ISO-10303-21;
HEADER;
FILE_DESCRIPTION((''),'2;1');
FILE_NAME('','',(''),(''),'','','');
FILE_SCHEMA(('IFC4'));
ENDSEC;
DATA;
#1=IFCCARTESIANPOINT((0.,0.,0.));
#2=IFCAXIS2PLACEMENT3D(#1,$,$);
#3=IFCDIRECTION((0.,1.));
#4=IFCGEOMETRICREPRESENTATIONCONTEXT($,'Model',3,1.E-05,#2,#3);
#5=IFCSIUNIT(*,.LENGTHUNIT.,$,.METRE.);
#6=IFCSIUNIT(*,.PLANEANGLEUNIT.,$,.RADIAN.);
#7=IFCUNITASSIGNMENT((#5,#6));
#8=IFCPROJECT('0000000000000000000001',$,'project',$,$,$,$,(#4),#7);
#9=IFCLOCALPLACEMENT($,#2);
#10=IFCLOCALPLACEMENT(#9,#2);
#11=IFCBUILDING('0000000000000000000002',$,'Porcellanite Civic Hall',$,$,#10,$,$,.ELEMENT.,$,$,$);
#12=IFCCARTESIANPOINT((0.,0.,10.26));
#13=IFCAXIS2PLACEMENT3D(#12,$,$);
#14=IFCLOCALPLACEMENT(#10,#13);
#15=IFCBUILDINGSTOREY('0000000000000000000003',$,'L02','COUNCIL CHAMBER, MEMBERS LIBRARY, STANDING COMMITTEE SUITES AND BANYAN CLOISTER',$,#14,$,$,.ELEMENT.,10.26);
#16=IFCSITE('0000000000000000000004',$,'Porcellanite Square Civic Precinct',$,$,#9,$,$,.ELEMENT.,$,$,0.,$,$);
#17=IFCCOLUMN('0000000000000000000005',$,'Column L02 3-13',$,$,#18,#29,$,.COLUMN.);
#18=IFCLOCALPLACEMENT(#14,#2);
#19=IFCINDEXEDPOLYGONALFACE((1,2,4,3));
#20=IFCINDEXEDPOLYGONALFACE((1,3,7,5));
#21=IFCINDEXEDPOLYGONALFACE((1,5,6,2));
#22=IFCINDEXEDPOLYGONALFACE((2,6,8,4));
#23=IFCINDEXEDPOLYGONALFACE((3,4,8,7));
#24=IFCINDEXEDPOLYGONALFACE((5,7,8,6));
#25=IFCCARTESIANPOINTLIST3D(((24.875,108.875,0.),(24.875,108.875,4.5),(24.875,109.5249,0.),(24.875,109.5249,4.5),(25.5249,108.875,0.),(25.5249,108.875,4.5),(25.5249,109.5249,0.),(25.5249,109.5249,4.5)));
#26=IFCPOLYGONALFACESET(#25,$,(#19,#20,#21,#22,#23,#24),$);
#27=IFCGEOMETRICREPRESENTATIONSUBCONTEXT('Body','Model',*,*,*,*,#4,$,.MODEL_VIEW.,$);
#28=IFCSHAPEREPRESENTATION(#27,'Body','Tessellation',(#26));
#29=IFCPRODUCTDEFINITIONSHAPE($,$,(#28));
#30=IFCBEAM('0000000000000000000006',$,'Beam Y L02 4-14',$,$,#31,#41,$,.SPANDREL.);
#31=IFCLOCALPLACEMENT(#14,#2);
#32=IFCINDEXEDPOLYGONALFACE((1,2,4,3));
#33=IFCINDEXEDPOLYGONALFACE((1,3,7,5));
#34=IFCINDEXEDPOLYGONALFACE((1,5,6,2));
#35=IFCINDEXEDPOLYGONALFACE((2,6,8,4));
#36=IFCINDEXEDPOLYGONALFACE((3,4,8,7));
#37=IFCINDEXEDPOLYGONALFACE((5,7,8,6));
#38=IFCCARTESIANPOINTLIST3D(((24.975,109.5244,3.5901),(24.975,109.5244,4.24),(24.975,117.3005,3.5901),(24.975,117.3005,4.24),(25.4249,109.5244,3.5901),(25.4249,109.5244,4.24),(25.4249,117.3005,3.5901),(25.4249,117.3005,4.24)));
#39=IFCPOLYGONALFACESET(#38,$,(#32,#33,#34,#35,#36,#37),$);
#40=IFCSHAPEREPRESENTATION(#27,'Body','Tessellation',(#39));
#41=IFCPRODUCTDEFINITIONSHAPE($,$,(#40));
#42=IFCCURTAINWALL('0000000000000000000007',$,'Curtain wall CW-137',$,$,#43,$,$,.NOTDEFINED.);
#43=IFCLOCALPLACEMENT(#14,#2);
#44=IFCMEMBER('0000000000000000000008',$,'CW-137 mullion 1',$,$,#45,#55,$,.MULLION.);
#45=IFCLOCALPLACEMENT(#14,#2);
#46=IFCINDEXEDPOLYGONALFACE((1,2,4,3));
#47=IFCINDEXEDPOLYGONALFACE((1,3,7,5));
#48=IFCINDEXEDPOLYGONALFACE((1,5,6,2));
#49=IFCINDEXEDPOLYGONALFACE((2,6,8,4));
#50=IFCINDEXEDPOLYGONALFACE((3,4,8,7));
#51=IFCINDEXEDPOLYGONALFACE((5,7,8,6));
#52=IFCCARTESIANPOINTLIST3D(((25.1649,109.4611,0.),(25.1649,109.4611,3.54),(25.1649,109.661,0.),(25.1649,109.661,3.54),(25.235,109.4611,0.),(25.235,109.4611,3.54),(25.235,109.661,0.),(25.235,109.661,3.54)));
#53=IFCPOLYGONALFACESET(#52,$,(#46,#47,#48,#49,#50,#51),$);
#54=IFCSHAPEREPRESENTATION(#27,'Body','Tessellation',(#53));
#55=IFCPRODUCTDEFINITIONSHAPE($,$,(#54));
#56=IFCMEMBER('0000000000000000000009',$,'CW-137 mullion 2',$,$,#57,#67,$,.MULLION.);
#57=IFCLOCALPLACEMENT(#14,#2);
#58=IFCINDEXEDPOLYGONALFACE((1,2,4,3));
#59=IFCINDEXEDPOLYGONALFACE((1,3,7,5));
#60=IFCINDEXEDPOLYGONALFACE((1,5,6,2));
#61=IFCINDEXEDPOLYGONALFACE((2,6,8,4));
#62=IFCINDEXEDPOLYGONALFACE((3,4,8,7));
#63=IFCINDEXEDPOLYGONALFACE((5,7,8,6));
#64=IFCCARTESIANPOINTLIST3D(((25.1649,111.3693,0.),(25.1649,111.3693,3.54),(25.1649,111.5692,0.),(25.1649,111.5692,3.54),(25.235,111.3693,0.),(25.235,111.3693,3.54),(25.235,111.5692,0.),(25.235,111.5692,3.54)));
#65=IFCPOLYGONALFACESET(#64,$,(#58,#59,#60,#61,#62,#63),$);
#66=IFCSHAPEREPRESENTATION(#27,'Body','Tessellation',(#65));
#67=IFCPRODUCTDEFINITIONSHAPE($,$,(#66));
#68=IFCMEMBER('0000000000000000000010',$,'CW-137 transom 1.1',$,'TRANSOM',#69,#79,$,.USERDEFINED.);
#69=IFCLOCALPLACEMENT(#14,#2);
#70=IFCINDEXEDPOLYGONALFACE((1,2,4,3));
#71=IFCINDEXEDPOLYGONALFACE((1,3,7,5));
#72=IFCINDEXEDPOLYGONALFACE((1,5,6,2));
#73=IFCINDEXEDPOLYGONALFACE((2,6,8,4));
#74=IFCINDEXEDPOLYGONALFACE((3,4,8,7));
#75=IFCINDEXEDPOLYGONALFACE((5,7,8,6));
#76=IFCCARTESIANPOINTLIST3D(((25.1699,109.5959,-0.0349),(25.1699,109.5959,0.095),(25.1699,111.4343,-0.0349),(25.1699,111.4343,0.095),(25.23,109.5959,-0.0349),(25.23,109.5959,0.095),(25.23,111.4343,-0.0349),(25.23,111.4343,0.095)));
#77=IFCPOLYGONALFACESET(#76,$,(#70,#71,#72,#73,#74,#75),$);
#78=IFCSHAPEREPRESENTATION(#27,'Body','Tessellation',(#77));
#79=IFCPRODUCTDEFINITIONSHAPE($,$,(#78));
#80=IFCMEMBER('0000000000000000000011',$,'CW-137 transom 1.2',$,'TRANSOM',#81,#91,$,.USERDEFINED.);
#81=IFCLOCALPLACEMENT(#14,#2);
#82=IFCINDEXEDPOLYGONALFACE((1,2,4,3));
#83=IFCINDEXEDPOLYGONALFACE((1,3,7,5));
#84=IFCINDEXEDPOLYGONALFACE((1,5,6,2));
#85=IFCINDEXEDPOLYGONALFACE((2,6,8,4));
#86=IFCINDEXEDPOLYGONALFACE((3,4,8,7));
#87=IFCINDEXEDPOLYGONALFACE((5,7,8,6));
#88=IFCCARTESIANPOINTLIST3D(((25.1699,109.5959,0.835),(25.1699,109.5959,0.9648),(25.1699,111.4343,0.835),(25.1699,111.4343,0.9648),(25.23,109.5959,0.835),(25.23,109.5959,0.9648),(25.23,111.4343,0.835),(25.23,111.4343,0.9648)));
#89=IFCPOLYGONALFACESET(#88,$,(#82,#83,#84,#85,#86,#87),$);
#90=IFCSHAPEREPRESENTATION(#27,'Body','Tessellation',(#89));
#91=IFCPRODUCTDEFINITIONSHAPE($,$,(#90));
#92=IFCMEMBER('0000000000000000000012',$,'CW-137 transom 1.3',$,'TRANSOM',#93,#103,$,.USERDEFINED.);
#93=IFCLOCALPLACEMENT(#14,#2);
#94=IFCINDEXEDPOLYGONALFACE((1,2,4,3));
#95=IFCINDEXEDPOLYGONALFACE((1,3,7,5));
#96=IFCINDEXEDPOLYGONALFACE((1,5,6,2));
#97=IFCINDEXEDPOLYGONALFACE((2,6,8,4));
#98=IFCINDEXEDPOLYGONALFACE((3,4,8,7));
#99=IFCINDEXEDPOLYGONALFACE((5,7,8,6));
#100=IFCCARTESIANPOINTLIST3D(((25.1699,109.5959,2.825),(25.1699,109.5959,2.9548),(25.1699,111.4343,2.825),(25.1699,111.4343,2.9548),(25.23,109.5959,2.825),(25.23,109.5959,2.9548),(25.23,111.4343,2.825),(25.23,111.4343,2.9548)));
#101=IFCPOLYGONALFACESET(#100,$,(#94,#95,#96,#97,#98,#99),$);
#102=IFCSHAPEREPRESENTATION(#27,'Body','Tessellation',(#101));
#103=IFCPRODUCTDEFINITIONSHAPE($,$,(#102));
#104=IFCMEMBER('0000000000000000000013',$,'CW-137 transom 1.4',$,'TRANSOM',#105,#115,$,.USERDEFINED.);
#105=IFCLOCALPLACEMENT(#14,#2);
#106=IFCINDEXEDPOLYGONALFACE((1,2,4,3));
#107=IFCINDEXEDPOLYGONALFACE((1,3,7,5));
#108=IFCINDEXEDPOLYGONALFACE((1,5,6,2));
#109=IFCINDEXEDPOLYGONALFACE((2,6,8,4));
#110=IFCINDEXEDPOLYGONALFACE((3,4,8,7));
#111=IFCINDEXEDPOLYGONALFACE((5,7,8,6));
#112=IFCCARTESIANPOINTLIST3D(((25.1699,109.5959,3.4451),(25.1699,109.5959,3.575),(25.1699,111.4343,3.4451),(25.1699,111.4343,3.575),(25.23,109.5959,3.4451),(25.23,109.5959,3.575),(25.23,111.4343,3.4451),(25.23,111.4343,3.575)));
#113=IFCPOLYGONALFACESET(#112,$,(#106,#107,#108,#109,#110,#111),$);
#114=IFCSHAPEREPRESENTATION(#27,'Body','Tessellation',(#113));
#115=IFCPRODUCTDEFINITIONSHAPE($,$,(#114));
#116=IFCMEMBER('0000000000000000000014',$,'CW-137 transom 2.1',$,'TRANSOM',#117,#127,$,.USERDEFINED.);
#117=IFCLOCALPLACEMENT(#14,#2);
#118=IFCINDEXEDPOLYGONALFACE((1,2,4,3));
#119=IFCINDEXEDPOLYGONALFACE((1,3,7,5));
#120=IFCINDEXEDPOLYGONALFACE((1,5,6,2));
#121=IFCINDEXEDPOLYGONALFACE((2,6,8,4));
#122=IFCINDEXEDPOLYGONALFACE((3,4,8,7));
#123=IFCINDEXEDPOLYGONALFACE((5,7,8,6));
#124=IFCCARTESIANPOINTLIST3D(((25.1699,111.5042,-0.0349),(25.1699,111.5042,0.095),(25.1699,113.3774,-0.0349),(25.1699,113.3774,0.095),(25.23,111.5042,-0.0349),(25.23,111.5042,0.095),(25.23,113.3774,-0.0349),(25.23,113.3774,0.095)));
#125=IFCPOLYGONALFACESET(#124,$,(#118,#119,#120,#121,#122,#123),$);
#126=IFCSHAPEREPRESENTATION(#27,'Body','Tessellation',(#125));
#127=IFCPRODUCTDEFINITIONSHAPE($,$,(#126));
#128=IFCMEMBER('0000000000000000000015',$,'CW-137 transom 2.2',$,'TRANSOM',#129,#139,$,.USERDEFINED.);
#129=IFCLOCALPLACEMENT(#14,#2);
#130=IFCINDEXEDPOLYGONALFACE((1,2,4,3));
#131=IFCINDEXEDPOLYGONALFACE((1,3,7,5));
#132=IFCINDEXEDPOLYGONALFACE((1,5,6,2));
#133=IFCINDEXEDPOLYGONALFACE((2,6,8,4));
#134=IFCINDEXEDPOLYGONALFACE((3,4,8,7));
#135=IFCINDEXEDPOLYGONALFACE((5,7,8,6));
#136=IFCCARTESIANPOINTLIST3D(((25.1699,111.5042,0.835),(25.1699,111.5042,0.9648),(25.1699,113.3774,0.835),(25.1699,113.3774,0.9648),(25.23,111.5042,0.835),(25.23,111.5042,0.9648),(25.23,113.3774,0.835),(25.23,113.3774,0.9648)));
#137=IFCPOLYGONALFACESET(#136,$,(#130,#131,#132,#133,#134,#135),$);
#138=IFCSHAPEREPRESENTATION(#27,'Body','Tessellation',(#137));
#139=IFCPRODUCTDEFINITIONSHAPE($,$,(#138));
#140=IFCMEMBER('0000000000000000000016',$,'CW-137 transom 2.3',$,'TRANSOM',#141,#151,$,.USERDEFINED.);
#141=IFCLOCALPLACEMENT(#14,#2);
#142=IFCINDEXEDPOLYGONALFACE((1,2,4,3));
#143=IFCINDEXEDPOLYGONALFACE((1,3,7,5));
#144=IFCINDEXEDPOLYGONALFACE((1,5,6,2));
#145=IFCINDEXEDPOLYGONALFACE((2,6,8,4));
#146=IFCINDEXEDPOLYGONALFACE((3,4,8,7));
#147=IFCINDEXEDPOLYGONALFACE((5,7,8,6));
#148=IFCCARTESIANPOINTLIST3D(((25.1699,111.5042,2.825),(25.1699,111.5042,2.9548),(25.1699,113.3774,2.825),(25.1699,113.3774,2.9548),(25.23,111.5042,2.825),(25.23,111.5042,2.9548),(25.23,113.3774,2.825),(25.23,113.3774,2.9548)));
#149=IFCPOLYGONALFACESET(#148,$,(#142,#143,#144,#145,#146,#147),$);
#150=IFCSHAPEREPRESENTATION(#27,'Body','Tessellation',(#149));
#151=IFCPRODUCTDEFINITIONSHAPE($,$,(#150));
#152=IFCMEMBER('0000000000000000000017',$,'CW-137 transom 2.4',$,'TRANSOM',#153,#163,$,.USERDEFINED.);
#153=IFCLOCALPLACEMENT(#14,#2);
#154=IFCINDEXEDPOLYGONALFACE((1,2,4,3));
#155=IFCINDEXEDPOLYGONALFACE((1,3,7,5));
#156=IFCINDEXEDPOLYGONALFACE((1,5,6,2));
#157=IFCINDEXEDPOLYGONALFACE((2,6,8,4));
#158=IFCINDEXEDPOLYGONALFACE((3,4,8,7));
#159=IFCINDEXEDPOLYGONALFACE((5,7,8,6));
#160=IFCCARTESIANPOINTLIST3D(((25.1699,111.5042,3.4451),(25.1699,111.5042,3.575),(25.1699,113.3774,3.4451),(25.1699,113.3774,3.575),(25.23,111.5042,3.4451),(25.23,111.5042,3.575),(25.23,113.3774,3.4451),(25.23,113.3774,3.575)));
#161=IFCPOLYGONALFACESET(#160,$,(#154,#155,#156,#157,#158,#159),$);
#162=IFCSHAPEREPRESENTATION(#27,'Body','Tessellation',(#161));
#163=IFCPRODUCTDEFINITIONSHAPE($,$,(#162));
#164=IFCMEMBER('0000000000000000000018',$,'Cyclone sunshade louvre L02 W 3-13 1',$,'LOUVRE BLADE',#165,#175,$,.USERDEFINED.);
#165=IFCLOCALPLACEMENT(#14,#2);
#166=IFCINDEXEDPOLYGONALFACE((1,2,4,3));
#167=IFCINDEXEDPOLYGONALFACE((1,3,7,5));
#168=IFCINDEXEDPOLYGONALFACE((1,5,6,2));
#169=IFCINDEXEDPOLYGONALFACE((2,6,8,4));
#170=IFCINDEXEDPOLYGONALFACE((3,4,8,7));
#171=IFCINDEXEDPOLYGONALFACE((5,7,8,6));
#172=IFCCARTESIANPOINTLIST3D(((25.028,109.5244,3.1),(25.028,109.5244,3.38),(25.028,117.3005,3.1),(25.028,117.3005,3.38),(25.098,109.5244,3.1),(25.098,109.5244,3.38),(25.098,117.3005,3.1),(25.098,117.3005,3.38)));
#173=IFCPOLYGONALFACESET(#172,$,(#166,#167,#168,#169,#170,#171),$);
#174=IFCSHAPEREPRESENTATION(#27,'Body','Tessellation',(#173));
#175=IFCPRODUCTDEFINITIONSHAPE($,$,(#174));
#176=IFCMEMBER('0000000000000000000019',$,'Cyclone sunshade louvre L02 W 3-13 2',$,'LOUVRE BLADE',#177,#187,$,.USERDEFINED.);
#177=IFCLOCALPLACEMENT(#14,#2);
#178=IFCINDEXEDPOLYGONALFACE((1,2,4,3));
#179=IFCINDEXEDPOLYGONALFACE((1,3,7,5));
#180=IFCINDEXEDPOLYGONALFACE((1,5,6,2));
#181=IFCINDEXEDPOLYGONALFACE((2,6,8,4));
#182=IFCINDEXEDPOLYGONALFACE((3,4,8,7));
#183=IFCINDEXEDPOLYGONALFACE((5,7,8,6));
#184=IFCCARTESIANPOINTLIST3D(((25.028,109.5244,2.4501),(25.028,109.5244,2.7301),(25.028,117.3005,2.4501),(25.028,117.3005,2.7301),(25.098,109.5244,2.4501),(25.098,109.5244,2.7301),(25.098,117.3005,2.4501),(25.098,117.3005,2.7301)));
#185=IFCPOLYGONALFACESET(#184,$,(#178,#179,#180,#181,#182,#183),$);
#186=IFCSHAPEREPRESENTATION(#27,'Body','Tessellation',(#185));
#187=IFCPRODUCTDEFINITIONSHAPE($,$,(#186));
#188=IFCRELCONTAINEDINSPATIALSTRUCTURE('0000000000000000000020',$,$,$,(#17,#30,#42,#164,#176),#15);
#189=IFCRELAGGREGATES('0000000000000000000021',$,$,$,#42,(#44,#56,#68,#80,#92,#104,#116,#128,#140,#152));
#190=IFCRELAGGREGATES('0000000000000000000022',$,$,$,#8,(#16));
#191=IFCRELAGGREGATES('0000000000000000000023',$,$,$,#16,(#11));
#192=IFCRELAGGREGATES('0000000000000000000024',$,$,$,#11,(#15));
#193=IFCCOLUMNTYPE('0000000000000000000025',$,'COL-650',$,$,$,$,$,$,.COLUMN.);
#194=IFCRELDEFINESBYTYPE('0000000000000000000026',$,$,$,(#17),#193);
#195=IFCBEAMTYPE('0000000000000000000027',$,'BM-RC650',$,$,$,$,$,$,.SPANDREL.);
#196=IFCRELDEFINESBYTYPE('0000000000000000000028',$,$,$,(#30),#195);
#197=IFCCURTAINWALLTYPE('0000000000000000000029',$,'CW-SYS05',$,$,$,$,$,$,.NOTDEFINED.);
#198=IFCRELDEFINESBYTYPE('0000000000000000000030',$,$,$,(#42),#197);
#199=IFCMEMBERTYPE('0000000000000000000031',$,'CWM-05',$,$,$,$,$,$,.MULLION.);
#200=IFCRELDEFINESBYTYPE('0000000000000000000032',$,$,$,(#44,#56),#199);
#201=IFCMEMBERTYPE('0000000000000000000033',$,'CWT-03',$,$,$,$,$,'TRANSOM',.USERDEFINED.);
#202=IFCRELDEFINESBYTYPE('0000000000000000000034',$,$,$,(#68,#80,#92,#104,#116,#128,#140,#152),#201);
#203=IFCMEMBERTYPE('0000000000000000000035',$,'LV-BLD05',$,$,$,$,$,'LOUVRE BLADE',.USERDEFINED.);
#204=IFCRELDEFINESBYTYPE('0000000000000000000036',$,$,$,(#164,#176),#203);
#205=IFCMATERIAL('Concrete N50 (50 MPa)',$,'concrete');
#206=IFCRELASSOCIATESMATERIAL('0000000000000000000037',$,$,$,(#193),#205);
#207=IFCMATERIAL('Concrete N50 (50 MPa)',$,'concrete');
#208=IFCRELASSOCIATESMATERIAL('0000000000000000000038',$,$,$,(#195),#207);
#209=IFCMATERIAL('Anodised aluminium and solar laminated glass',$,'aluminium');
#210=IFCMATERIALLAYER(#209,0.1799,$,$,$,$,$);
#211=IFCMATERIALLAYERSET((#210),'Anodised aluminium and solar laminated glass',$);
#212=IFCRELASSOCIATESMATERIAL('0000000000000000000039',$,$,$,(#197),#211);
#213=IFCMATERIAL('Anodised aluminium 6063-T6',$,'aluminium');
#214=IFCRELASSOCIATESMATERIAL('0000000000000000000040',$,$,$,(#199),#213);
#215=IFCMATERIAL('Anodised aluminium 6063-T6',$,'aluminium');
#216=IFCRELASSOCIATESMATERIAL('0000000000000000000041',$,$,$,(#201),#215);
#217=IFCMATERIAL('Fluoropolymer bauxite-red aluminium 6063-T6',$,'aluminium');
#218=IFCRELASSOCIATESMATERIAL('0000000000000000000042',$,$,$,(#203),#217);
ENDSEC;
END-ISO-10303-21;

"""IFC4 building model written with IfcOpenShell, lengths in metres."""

from ifc_helpers import new_model, si_unit, direction, frame, origin, origin_2d, place, context, subcontext, project, spatial, rectangle, extrude, material, layer, layer_set, material_profile, profile_set, type_object, element, aggregate, save


model = new_model("IFC4")

# Units and contexts
model_context = context("Model", 3, precision=1e-05, world=origin(), true_north=direction((0.0, 1.0)))
body_context = subcontext(model_context, "Body", "Model", "MODEL_VIEW")
ifc_project = project(units=[si_unit("LENGTHUNIT", "METRE"), si_unit("PLANEANGLEUNIT", "RADIAN")], contexts=[model_context])

# Site, building, storey
site_placement = place(None, origin())
site = spatial("IfcSite", under=ifc_project, at=site_placement, Name="Porcellanite Square Civic Precinct", CompositionType="ELEMENT", RefElevation=0.0)
building_placement = place(site_placement, origin())
building = spatial("IfcBuilding", under=site, at=building_placement, Name="Porcellanite Civic Hall", CompositionType="ELEMENT")
storey_placement = place(building_placement, frame((0.0, 0.0, 10.26)))
storey = spatial("IfcBuildingStorey", under=building, at=storey_placement, Name="L02", Description="COUNCIL CHAMBER, MEMBERS LIBRARY, STANDING COMMITTEE SUITES AND BANYAN CLOISTER", CompositionType="ELEMENT", Elevation=10.26)

# Column
ifc_material_1 = material(Name="Concrete N50 (50 MPa)", Category="concrete")
ifc_material_profile_1 = material_profile(ifc_material_1, rectangle(XDim=0.6499, YDim=0.6499, at=origin_2d()), Name="RC-650x650")
ifc_profile_set_1 = profile_set([ifc_material_profile_1], Name="Concrete N50 (50 MPa)")
column_type = type_object("IfcColumnType", Name="COL-650", PredefinedType="COLUMN", material=ifc_profile_set_1)
column_placement = place(storey_placement, frame((25.2, 109.2, 0.0), z_axis=(0.0, 0.0, 1.0), x_axis=(1.0, 0.0, 0.0)))
element("IfcColumn", 1, at=column_placement, inside=storey, type_object=column_type, Name="Column L02 3-13", PredefinedType="COLUMN", context=body_context, shape_type="SweptSolid", body=[
    extrude(rectangle(XDim=0.6499, YDim=0.6499, at=origin_2d()), origin(), (0.0, 0.0, 1.0), 4.5),
])

# Beam
ifc_material_2 = material(Name="Concrete N50 (50 MPa)", Category="concrete")
ifc_material_profile_2 = material_profile(ifc_material_2, rectangle(XDim=0.45, YDim=0.6499, at=origin_2d()), Name="RC-450x650")
ifc_profile_set_2 = profile_set([ifc_material_profile_2], Name="Concrete N50 (50 MPa)")
beam_type = type_object("IfcBeamType", Name="BM-RC650", PredefinedType="SPANDREL", material=ifc_profile_set_2)
beam_placement = place(storey_placement, frame((25.2, 109.5244, 3.915), z_axis=(0.0, 1.0, 0.0), x_axis=(-1.0, 0.0, 0.0)))
element("IfcBeam", 2, at=beam_placement, inside=storey, type_object=beam_type, Name="Beam Y L02 4-14", PredefinedType="SPANDREL", context=body_context, shape_type="SweptSolid", body=[
    extrude(rectangle(XDim=0.45, YDim=0.6499, at=origin_2d()), origin(), (0.0, 0.0, 1.0), 7.7761),
])

# Curtain wall, members
ifc_material_3 = material(Name="Anodised aluminium and solar laminated glass", Category="aluminium")
ifc_layer_1 = layer(ifc_material_3, 0.1799)
ifc_layer_set_1 = layer_set([ifc_layer_1], Name="Anodised aluminium and solar laminated glass")
curtain_wall_type = type_object("IfcCurtainWallType", Name="CW-SYS05", PredefinedType="NOTDEFINED", material=ifc_layer_set_1)
curtain_wall_placement = place(storey_placement, origin())
curtain_wall = element("IfcCurtainWall", 3, at=curtain_wall_placement, inside=storey, type_object=curtain_wall_type, Name="Curtain wall CW-137", PredefinedType="NOTDEFINED")
ifc_material_4 = material(Name="Anodised aluminium 6063-T6", Category="aluminium")
ifc_material_profile_3 = material_profile(ifc_material_4, rectangle(XDim=0.0701, YDim=0.2, at=origin_2d()), Name="AL-70x200")
ifc_profile_set_3 = profile_set([ifc_material_profile_3], Name="Anodised aluminium 6063-T6")
member_type_1 = type_object("IfcMemberType", Name="CWM-05", PredefinedType="MULLION", material=ifc_profile_set_3)
member_1_placement = place(storey_placement, frame((25.2, 109.561, 0.0), z_axis=(0.0, 0.0, 1.0), x_axis=(-1.0, 0.0, 0.0)))
member_1 = element("IfcMember", 4, at=member_1_placement, type_object=member_type_1, Name="CW-137 mullion 1", PredefinedType="MULLION", context=body_context, shape_type="SweptSolid", body=[
    extrude(rectangle(XDim=0.0701, YDim=0.2, at=origin_2d()), origin(), (0.0, 0.0, 1.0), 3.54),
])
member_2_placement = place(storey_placement, frame((25.2, 111.4692, 0.0), z_axis=(0.0, 0.0, 1.0), x_axis=(-1.0, 0.0, 0.0)))
member_2 = element("IfcMember", 5, at=member_2_placement, type_object=member_type_1, Name="CW-137 mullion 2", PredefinedType="MULLION", context=body_context, shape_type="SweptSolid", body=[
    extrude(rectangle(XDim=0.0701, YDim=0.2, at=origin_2d()), origin(), (0.0, 0.0, 1.0), 3.54),
])
ifc_material_5 = material(Name="Anodised aluminium 6063-T6", Category="aluminium")
ifc_material_profile_4 = material_profile(ifc_material_5, rectangle(XDim=0.0601, YDim=0.1299, at=origin_2d()), Name="AL-60x130")
ifc_profile_set_4 = profile_set([ifc_material_profile_4], Name="Anodised aluminium 6063-T6")
member_type_2 = type_object("IfcMemberType", Name="CWT-03", ElementType="TRANSOM", PredefinedType="USERDEFINED", material=ifc_profile_set_4)
member_3_placement = place(storey_placement, frame((25.2, 109.5959, 0.03), z_axis=(0.0, 1.0, 0.0), x_axis=(-1.0, 0.0, 0.0)))
member_3 = element("IfcMember", 6, at=member_3_placement, type_object=member_type_2, Name="CW-137 transom 1.1", ObjectType="TRANSOM", PredefinedType="USERDEFINED", context=body_context, shape_type="SweptSolid", body=[
    extrude(rectangle(XDim=0.0601, YDim=0.1299, at=origin_2d()), origin(), (0.0, 0.0, 1.0), 1.8384),
])
member_4_placement = place(storey_placement, frame((25.2, 109.5959, 0.8999), z_axis=(0.0, 1.0, 0.0), x_axis=(-1.0, 0.0, 0.0)))
member_4 = element("IfcMember", 7, at=member_4_placement, type_object=member_type_2, Name="CW-137 transom 1.2", ObjectType="TRANSOM", PredefinedType="USERDEFINED", context=body_context, shape_type="SweptSolid", body=[
    extrude(rectangle(XDim=0.0601, YDim=0.1299, at=origin_2d()), origin(), (0.0, 0.0, 1.0), 1.8384),
])
member_5_placement = place(storey_placement, frame((25.2, 109.5959, 2.8899), z_axis=(0.0, 1.0, 0.0), x_axis=(-1.0, 0.0, 0.0)))
member_5 = element("IfcMember", 8, at=member_5_placement, type_object=member_type_2, Name="CW-137 transom 1.3", ObjectType="TRANSOM", PredefinedType="USERDEFINED", context=body_context, shape_type="SweptSolid", body=[
    extrude(rectangle(XDim=0.0601, YDim=0.1299, at=origin_2d()), origin(), (0.0, 0.0, 1.0), 1.8384),
])
member_6_placement = place(storey_placement, frame((25.2, 109.5959, 3.51), z_axis=(0.0, 1.0, 0.0), x_axis=(-1.0, 0.0, 0.0)))
member_6 = element("IfcMember", 9, at=member_6_placement, type_object=member_type_2, Name="CW-137 transom 1.4", ObjectType="TRANSOM", PredefinedType="USERDEFINED", context=body_context, shape_type="SweptSolid", body=[
    extrude(rectangle(XDim=0.0601, YDim=0.1299, at=origin_2d()), origin(), (0.0, 0.0, 1.0), 1.8384),
])
member_7_placement = place(storey_placement, frame((25.2, 111.5042, 0.03), z_axis=(0.0, 1.0, 0.0), x_axis=(-1.0, 0.0, 0.0)))
member_7 = element("IfcMember", 10, at=member_7_placement, type_object=member_type_2, Name="CW-137 transom 2.1", ObjectType="TRANSOM", PredefinedType="USERDEFINED", context=body_context, shape_type="SweptSolid", body=[
    extrude(rectangle(XDim=0.0601, YDim=0.1299, at=origin_2d()), origin(), (0.0, 0.0, 1.0), 1.8733),
])
member_8_placement = place(storey_placement, frame((25.2, 111.5042, 0.8999), z_axis=(0.0, 1.0, 0.0), x_axis=(-1.0, 0.0, 0.0)))
member_8 = element("IfcMember", 11, at=member_8_placement, type_object=member_type_2, Name="CW-137 transom 2.2", ObjectType="TRANSOM", PredefinedType="USERDEFINED", context=body_context, shape_type="SweptSolid", body=[
    extrude(rectangle(XDim=0.0601, YDim=0.1299, at=origin_2d()), origin(), (0.0, 0.0, 1.0), 1.8733),
])
member_9_placement = place(storey_placement, frame((25.2, 111.5042, 2.8899), z_axis=(0.0, 1.0, 0.0), x_axis=(-1.0, 0.0, 0.0)))
member_9 = element("IfcMember", 12, at=member_9_placement, type_object=member_type_2, Name="CW-137 transom 2.3", ObjectType="TRANSOM", PredefinedType="USERDEFINED", context=body_context, shape_type="SweptSolid", body=[
    extrude(rectangle(XDim=0.0601, YDim=0.1299, at=origin_2d()), origin(), (0.0, 0.0, 1.0), 1.8733),
])
member_10_placement = place(storey_placement, frame((25.2, 111.5042, 3.51), z_axis=(0.0, 1.0, 0.0), x_axis=(-1.0, 0.0, 0.0)))
member_10 = element("IfcMember", 13, at=member_10_placement, type_object=member_type_2, Name="CW-137 transom 2.4", ObjectType="TRANSOM", PredefinedType="USERDEFINED", context=body_context, shape_type="SweptSolid", body=[
    extrude(rectangle(XDim=0.0601, YDim=0.1299, at=origin_2d()), origin(), (0.0, 0.0, 1.0), 1.8733),
])

# Members
ifc_material_6 = material(Name="Fluoropolymer bauxite-red aluminium 6063-T6", Category="aluminium")
ifc_material_profile_5 = material_profile(ifc_material_6, rectangle(XDim=0.0701, YDim=0.28, at=origin_2d()), Name="AL-70x280")
ifc_profile_set_5 = profile_set([ifc_material_profile_5], Name="Fluoropolymer bauxite-red aluminium 6063-T6")
member_type_3 = type_object("IfcMemberType", Name="LV-BLD05", ElementType="LOUVRE BLADE", PredefinedType="USERDEFINED", material=ifc_profile_set_5)
for number, where, z_axis, x_axis, name in (
    (14, (25.063, 109.5244, 3.24), (0.0, 1.0, 0.0), (-1.0, 0.0, 0.0), "Cyclone sunshade louvre L02 W 3-13 1"),
    (15, (25.063, 109.5244, 2.5901), (0.0, 1.0, 0.0), (-1.0, 0.0, 0.0), "Cyclone sunshade louvre L02 W 3-13 2"),
):
    element("IfcMember", number, at=place(storey_placement, frame(where, z_axis=z_axis, x_axis=x_axis)), inside=storey, type_object=member_type_3, Name=name, ObjectType="LOUVRE BLADE", PredefinedType="USERDEFINED", context=body_context, shape_type="SweptSolid", body=[
        extrude(rectangle(XDim=0.0701, YDim=0.28, at=origin_2d()), origin(), (0.0, 0.0, 1.0), 7.7761),
    ])

aggregate(curtain_wall, [member_1, member_2, member_3, member_4, member_5, member_6, member_7, member_8, member_9, member_10])

save(model, "model.ifc")
